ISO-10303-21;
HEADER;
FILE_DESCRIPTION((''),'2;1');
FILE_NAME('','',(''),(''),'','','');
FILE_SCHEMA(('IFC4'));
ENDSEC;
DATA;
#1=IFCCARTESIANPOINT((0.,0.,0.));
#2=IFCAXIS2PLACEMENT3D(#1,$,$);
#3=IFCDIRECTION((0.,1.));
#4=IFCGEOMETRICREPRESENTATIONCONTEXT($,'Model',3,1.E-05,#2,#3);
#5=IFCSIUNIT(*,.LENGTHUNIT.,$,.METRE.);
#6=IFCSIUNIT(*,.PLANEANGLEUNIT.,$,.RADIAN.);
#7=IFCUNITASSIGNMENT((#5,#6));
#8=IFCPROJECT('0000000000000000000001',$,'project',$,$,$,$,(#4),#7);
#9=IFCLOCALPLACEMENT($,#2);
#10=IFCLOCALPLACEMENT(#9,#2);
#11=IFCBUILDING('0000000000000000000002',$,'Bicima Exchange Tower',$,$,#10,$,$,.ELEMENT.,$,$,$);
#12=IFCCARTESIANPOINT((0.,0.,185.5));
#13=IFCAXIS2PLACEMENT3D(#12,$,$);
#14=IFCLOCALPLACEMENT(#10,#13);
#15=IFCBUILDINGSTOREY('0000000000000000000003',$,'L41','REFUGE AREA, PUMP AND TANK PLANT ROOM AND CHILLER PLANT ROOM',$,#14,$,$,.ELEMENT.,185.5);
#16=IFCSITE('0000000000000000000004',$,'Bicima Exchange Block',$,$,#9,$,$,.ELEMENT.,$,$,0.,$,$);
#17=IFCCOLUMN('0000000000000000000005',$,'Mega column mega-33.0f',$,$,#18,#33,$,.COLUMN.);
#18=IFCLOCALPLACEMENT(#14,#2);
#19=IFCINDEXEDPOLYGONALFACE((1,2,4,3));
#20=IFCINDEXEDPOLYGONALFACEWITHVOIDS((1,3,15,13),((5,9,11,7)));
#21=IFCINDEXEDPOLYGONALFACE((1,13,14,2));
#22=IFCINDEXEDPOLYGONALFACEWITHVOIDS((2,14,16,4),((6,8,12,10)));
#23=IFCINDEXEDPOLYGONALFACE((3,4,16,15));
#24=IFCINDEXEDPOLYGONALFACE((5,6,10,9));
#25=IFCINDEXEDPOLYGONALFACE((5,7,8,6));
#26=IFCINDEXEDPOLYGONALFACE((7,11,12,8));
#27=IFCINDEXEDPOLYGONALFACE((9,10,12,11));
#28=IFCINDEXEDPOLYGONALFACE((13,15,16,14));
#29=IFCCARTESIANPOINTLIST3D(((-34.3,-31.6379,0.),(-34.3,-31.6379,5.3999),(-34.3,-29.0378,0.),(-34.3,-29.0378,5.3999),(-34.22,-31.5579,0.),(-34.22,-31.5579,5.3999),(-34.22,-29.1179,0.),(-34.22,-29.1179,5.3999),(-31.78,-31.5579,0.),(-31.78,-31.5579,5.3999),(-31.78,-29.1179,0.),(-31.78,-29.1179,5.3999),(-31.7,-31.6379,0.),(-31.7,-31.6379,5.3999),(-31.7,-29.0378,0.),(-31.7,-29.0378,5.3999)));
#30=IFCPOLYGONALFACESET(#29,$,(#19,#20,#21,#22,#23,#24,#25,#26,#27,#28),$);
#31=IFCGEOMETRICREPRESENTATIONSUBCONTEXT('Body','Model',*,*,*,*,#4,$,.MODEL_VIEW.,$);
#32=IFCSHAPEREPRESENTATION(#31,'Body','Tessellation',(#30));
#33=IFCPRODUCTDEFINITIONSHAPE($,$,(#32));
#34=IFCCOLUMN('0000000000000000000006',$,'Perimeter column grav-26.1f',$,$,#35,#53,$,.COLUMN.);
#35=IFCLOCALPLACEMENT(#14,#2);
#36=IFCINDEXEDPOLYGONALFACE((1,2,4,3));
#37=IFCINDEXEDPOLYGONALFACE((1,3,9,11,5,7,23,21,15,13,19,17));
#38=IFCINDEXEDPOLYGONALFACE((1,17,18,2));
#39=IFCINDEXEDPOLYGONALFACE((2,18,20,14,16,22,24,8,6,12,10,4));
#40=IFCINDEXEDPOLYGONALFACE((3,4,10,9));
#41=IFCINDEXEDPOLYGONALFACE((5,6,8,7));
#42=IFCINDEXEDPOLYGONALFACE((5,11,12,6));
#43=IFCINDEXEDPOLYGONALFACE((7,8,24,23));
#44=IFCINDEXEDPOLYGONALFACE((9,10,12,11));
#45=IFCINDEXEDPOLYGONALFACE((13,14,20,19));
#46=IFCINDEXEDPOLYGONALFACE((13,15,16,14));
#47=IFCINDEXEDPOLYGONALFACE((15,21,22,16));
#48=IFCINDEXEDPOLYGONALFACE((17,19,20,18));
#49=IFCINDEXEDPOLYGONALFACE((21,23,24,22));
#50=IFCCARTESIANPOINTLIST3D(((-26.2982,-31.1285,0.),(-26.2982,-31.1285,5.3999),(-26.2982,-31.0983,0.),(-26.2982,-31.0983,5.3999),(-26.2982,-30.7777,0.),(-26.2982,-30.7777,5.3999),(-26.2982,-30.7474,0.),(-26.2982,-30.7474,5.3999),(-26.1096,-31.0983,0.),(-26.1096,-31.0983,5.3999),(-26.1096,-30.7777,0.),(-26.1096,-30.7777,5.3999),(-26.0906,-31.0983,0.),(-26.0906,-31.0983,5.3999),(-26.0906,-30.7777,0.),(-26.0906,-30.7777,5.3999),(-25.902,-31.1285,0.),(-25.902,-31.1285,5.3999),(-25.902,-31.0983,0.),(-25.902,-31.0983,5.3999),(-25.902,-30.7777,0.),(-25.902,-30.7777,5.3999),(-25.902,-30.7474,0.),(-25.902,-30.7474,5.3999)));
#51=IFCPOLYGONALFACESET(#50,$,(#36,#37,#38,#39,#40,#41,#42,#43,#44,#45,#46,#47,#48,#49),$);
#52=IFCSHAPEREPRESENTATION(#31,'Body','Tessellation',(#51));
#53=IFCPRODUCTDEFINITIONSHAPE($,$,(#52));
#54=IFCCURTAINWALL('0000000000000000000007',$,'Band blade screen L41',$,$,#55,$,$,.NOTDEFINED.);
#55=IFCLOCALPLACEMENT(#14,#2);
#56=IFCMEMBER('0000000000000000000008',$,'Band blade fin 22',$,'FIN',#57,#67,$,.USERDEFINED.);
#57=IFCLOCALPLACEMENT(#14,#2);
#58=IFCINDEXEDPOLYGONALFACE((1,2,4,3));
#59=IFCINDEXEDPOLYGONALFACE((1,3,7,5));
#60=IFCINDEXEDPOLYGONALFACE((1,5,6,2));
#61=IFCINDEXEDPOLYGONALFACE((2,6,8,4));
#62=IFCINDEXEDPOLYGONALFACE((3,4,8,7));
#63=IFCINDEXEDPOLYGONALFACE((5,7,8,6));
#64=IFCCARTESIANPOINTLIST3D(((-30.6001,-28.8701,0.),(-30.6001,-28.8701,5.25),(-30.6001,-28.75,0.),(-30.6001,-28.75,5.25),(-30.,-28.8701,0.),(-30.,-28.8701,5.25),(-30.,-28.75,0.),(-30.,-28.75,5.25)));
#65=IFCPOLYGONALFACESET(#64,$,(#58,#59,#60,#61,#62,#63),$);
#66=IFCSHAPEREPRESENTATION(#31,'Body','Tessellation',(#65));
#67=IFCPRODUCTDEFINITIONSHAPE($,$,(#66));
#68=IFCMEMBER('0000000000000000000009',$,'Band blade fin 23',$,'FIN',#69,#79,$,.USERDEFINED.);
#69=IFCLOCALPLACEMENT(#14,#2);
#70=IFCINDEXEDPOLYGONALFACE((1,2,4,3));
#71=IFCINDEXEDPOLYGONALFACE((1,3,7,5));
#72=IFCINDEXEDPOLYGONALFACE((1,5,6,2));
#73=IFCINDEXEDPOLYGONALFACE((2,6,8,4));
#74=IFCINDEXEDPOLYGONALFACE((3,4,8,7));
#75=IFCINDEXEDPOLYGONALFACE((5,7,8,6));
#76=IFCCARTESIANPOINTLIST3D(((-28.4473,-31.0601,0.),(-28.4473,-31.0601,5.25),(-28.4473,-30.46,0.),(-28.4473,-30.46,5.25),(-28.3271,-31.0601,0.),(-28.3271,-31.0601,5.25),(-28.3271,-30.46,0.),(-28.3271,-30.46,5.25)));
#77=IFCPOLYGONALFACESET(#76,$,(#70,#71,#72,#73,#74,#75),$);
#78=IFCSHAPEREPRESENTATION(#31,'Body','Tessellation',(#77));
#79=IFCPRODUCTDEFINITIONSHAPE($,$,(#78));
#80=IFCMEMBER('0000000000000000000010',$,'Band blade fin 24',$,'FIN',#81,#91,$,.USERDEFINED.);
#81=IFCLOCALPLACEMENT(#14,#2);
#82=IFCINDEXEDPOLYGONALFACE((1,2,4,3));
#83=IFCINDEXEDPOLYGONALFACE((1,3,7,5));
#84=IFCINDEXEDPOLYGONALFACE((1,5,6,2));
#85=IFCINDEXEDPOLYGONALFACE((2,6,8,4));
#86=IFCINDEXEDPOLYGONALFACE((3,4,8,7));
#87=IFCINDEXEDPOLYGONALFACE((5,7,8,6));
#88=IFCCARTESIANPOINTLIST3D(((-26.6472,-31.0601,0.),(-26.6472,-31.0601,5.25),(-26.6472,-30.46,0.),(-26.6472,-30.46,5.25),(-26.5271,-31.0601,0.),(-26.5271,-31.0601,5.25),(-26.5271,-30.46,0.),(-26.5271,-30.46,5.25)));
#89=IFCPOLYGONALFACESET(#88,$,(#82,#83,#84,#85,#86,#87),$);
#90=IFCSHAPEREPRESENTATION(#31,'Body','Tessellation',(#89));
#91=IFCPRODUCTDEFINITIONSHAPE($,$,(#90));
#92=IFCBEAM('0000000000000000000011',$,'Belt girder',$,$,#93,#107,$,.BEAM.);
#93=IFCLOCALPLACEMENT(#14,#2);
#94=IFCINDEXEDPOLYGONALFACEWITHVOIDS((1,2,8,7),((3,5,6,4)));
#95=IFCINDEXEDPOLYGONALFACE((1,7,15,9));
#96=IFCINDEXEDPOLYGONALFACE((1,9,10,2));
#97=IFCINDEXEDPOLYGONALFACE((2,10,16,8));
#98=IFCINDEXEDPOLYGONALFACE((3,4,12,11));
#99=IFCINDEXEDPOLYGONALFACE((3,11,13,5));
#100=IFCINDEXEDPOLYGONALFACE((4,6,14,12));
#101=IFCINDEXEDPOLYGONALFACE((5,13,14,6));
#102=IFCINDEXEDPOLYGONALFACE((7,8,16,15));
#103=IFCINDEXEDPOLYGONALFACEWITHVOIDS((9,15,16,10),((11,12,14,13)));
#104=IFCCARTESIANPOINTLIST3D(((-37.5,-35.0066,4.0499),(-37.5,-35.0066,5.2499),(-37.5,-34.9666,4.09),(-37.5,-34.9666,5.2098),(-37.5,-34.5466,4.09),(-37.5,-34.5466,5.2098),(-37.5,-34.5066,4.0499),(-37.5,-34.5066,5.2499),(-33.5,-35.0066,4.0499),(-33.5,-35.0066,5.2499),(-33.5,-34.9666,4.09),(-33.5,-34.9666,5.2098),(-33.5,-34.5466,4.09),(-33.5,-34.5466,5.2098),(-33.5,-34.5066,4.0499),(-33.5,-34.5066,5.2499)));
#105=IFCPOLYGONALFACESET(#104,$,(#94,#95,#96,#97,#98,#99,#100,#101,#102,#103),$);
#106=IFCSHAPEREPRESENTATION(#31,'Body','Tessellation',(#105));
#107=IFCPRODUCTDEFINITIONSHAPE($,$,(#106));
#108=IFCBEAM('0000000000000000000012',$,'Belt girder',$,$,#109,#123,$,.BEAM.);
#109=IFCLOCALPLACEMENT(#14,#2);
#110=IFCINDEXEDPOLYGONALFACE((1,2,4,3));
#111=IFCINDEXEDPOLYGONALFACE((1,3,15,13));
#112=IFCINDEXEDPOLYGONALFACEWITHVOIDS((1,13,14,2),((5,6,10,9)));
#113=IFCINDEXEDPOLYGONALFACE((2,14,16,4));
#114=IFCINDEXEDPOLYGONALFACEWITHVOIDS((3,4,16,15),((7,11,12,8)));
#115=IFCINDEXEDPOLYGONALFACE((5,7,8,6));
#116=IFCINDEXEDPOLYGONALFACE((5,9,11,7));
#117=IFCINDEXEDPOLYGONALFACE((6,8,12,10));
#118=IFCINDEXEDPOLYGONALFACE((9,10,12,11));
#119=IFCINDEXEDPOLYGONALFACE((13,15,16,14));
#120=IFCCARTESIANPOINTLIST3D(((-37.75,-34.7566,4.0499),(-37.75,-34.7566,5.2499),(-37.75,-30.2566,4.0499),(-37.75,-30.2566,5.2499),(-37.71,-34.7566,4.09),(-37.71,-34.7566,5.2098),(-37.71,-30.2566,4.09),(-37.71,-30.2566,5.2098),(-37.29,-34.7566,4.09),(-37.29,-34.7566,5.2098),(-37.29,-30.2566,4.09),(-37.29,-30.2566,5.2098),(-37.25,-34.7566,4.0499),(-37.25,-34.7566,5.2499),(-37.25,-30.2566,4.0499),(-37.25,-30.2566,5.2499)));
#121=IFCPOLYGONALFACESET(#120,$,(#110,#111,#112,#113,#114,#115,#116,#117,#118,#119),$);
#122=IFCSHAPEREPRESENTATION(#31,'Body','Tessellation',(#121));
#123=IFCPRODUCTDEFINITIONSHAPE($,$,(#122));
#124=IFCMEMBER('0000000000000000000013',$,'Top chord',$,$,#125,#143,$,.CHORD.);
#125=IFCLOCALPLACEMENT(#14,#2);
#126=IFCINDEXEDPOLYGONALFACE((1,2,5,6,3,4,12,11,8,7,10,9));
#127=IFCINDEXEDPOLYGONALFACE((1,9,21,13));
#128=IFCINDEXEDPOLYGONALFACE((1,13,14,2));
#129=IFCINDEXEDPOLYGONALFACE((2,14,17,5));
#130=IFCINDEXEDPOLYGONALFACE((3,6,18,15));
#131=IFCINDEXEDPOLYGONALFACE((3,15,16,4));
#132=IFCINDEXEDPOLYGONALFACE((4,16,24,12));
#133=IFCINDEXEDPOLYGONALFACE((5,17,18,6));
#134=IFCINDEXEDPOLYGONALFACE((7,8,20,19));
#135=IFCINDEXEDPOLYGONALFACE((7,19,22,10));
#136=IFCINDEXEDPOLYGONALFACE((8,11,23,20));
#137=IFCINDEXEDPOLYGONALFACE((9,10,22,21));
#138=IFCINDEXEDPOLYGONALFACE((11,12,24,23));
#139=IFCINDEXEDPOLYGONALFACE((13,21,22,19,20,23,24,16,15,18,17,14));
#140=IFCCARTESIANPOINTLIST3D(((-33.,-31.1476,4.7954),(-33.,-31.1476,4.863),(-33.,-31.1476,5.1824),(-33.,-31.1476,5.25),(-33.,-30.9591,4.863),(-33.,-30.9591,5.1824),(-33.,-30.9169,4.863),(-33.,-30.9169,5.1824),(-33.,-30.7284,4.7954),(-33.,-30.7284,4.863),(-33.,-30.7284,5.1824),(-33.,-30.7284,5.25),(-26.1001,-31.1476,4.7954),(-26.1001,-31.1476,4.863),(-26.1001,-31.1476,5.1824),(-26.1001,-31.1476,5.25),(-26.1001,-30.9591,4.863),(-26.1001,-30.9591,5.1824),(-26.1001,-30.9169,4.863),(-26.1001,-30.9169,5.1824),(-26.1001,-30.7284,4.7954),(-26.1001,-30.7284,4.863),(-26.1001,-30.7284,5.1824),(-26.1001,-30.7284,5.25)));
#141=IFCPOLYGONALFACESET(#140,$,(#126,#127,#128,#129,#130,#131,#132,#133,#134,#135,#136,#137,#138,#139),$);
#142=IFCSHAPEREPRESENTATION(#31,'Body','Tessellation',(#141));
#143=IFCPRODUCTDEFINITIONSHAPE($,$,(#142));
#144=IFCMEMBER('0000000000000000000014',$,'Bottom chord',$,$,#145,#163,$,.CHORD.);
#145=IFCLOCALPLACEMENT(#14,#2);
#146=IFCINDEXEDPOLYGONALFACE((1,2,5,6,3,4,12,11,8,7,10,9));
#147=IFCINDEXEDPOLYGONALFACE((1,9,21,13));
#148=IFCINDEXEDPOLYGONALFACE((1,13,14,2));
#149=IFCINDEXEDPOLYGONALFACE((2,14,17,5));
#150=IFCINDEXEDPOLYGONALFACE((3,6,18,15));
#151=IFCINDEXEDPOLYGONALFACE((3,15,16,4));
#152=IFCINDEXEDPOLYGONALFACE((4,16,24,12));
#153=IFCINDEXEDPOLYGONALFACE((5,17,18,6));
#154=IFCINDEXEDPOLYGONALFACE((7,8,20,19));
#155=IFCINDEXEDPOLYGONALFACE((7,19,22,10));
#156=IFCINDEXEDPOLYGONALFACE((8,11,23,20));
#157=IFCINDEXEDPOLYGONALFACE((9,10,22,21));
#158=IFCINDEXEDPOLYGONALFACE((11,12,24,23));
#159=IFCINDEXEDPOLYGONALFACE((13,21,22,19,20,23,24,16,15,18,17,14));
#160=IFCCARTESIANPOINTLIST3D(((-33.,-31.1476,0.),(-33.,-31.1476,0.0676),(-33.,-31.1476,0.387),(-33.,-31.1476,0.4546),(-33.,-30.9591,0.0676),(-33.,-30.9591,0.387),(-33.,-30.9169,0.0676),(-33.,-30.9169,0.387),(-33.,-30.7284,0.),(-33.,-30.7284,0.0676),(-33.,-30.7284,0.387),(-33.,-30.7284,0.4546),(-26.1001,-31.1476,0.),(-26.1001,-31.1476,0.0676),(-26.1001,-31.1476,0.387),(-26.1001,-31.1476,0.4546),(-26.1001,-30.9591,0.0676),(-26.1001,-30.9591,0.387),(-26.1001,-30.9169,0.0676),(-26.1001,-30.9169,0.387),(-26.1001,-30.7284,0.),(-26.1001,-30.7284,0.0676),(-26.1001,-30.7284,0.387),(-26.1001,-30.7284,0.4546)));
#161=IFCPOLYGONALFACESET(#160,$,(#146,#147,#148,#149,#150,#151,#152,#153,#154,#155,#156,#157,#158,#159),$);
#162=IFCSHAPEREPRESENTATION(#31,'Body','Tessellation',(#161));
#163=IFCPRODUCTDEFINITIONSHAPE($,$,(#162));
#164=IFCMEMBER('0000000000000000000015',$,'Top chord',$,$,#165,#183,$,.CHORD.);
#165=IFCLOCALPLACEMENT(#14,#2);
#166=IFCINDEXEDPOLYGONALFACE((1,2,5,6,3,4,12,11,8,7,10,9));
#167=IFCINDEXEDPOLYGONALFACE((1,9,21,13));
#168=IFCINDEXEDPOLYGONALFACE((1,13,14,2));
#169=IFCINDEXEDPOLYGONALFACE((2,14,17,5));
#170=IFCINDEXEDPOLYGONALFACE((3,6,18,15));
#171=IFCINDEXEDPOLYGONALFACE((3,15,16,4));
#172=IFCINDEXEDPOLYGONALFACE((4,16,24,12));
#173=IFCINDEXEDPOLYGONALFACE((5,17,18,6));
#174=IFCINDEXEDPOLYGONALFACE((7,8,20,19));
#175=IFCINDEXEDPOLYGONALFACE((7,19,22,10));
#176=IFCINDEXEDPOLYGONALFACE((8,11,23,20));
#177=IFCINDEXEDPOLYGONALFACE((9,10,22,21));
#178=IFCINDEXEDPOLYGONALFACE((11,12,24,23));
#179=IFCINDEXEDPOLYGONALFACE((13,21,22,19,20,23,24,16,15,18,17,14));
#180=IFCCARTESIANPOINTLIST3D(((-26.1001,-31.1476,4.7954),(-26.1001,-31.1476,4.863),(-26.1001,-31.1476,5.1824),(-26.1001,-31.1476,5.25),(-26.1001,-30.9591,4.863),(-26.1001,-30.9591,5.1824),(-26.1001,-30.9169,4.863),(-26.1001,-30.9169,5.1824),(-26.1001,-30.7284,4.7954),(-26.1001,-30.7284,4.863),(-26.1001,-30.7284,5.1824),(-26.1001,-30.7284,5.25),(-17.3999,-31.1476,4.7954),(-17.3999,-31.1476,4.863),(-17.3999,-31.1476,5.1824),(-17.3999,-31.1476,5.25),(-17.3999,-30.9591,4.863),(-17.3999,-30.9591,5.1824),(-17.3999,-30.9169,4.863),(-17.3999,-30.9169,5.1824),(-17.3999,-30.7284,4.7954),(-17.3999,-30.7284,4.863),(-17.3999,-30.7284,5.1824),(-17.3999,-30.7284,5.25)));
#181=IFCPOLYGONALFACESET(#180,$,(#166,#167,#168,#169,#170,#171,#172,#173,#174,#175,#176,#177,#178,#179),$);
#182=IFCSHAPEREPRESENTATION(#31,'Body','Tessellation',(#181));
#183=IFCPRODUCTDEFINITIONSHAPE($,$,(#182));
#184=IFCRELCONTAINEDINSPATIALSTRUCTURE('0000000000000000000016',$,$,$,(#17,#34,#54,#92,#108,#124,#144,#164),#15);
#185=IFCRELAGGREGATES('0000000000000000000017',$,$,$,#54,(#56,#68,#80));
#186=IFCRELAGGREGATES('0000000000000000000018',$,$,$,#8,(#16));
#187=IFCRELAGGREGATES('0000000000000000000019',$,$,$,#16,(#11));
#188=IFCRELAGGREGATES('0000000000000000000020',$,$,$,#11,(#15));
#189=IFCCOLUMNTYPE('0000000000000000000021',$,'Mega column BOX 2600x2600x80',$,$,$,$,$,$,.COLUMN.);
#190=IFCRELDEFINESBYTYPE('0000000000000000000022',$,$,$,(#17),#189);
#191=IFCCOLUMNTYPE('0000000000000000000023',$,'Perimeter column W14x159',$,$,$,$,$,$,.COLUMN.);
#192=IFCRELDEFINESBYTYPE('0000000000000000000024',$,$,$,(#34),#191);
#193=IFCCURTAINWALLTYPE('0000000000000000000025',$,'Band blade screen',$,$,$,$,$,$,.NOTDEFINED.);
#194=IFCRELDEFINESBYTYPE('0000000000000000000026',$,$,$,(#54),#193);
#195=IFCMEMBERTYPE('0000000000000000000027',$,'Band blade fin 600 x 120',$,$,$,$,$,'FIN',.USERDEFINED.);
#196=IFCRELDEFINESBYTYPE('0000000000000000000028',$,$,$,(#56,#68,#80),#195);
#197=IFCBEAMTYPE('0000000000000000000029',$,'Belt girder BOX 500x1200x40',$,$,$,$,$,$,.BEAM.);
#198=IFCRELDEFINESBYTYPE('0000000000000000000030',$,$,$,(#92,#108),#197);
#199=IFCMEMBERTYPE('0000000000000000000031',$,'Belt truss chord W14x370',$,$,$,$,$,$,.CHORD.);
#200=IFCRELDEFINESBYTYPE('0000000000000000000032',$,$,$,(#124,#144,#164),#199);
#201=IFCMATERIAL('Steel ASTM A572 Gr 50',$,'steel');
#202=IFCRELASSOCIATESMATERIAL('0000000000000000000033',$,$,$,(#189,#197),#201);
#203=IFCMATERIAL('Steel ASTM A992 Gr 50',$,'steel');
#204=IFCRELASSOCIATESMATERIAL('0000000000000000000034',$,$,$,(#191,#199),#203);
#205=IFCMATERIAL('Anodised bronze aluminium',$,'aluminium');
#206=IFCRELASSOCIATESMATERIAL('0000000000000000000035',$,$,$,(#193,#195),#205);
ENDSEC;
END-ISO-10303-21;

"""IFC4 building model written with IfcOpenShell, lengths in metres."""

from ifc_helpers import new_model, si_unit, direction, frame, origin, origin_2d, place, context, subcontext, project, spatial, rectangle, hollow_rectangle, i_section, extrude, material, material_profile, profile_set, type_object, element, aggregate, save


model = new_model("IFC4")

# Units and contexts
model_context = context("Model", 3, precision=1e-05, world=origin(), true_north=direction((0.0, 1.0)))
body_context = subcontext(model_context, "Body", "Model", "MODEL_VIEW")
ifc_project = project(units=[si_unit("LENGTHUNIT", "METRE"), si_unit("PLANEANGLEUNIT", "RADIAN")], contexts=[model_context])

# Site, building, storey
site_placement = place(None, origin())
site = spatial("IfcSite", under=ifc_project, at=site_placement, Name="Bicima Exchange Block", CompositionType="ELEMENT", RefElevation=0.0)
building_placement = place(site_placement, origin())
building = spatial("IfcBuilding", under=site, at=building_placement, Name="Bicima Exchange Tower", CompositionType="ELEMENT")
storey_placement = place(building_placement, frame((0.0, 0.0, 185.5)))
storey = spatial("IfcBuildingStorey", under=building, at=storey_placement, Name="L41", Description="REFUGE AREA, PUMP AND TANK PLANT ROOM AND CHILLER PLANT ROOM", CompositionType="ELEMENT", Elevation=185.5)

# Columns
ifc_material_1 = material(Name="Steel ASTM A572 Gr 50", Category="steel")
ifc_material_profile_1 = material_profile(ifc_material_1, hollow_rectangle(XDim=2.6001, YDim=2.6001, WallThickness=0.0801, at=origin_2d()))
ifc_profile_set_1 = profile_set([ifc_material_profile_1], Name="Steel ASTM A572 Gr 50")
column_type_1 = type_object("IfcColumnType", Name="Mega column BOX 2600x2600x80", PredefinedType="COLUMN", material=ifc_profile_set_1)
column_1_placement = place(storey_placement, frame((-33.0, -30.3379, 0.0), z_axis=(0.0, 0.0, 1.0), x_axis=(1.0, 0.0, 0.0)))
element("IfcColumn", 1, at=column_1_placement, inside=storey, type_object=column_type_1, Name="Mega column mega-33.0f", PredefinedType="COLUMN", context=body_context, shape_type="SweptSolid", body=[
    extrude(hollow_rectangle(XDim=2.6001, YDim=2.6001, WallThickness=0.0801, at=origin_2d()), origin(), (0.0, 0.0, 1.0), 5.3999),
])
ifc_material_2 = material(Name="Steel ASTM A992 Gr 50", Category="steel")
ifc_material_profile_2 = material_profile(ifc_material_2, i_section(OverallWidth=0.3962, OverallDepth=0.3811, WebThickness=0.019, FlangeThickness=0.0303, at=origin_2d()))
ifc_profile_set_2 = profile_set([ifc_material_profile_2], Name="Steel ASTM A992 Gr 50")
column_type_2 = type_object("IfcColumnType", Name="Perimeter column W14x159", PredefinedType="COLUMN", material=ifc_profile_set_2)
column_2_placement = place(storey_placement, frame((-26.1001, -30.938, 0.0), z_axis=(0.0, 0.0, 1.0), x_axis=(1.0, 0.0, 0.0)))
element("IfcColumn", 2, at=column_2_placement, inside=storey, type_object=column_type_2, Name="Perimeter column grav-26.1f", PredefinedType="COLUMN", context=body_context, shape_type="SweptSolid", body=[
    extrude(i_section(OverallWidth=0.3962, OverallDepth=0.3811, WebThickness=0.019, FlangeThickness=0.0303, at=origin_2d()), origin(), (0.0, 0.0, 1.0), 5.3999),
])

# Curtain wall, members
ifc_material_3 = material(Name="Anodised bronze aluminium", Category="aluminium")
curtain_wall_type = type_object("IfcCurtainWallType", Name="Band blade screen", PredefinedType="NOTDEFINED", material=ifc_material_3)
curtain_wall_placement = place(storey_placement, origin())
curtain_wall = element("IfcCurtainWall", 3, at=curtain_wall_placement, inside=storey, type_object=curtain_wall_type, Name="Band blade screen L41", PredefinedType="NOTDEFINED")
ifc_material_profile_3 = material_profile(ifc_material_3, rectangle(XDim=0.6001, YDim=0.1201, at=origin_2d()))
ifc_profile_set_3 = profile_set([ifc_material_profile_3], Name="Anodised bronze aluminium")
member_type_1 = type_object("IfcMemberType", Name="Band blade fin 600 x 120", ElementType="FIN", PredefinedType="USERDEFINED", material=ifc_profile_set_3)
member_1_placement = place(storey_placement, frame((-30.3, -28.8101, 0.0), z_axis=(0.0, 0.0, 1.0), x_axis=(1.0, 0.0, 0.0)))
member_1 = element("IfcMember", 4, at=member_1_placement, type_object=member_type_1, Name="Band blade fin 22", ObjectType="FIN", PredefinedType="USERDEFINED", context=body_context, shape_type="SweptSolid", body=[
    extrude(rectangle(XDim=0.6001, YDim=0.1201, at=origin_2d()), origin(), (0.0, 0.0, 1.0), 5.25),
])
member_2_placement = place(storey_placement, frame((-28.3872, -30.76, 0.0), z_axis=(0.0, 0.0, 1.0), x_axis=(0.0, 1.0, 0.0)))
member_2 = element("IfcMember", 5, at=member_2_placement, type_object=member_type_1, Name="Band blade fin 23", ObjectType="FIN", PredefinedType="USERDEFINED", context=body_context, shape_type="SweptSolid", body=[
    extrude(rectangle(XDim=0.6001, YDim=0.1201, at=origin_2d()), origin(), (0.0, 0.0, 1.0), 5.25),
])
member_3_placement = place(storey_placement, frame((-26.5872, -30.76, 0.0), z_axis=(0.0, 0.0, 1.0), x_axis=(0.0, 1.0, 0.0)))
member_3 = element("IfcMember", 6, at=member_3_placement, type_object=member_type_1, Name="Band blade fin 24", ObjectType="FIN", PredefinedType="USERDEFINED", context=body_context, shape_type="SweptSolid", body=[
    extrude(rectangle(XDim=0.6001, YDim=0.1201, at=origin_2d()), origin(), (0.0, 0.0, 1.0), 5.25),
])
aggregate(curtain_wall, [member_1, member_2, member_3])

# Beams
ifc_material_profile_4 = material_profile(ifc_material_1, hollow_rectangle(XDim=0.5, YDim=1.2, WallThickness=0.04, at=origin_2d()))
ifc_profile_set_4 = profile_set([ifc_material_profile_4], Name="Steel ASTM A572 Gr 50")
beam_type_1 = type_object("IfcBeamType", Name="Belt girder BOX 500x1200x40", PredefinedType="BEAM", material=ifc_profile_set_4)
beam_1_placement = place(storey_placement, frame((-37.5, -34.7566, 4.6499), z_axis=(1.0, 0.0, 0.0), x_axis=(0.0, 1.0, 0.0)))
element("IfcBeam", 7, at=beam_1_placement, inside=storey, type_object=beam_type_1, Name="Belt girder", PredefinedType="BEAM", context=body_context, shape_type="SweptSolid", body=[
    extrude(hollow_rectangle(XDim=0.5, YDim=1.2, WallThickness=0.04, at=origin_2d()), origin(), (0.0, 0.0, 1.0), 4.0),
])
beam_2_placement = place(storey_placement, frame((-37.5, -30.2566, 4.6499), z_axis=(0.0, -1.0, 0.0), x_axis=(1.0, 0.0, 0.0)))
element("IfcBeam", 8, at=beam_2_placement, inside=storey, type_object=beam_type_1, Name="Belt girder", PredefinedType="BEAM", context=body_context, shape_type="SweptSolid", body=[
    extrude(hollow_rectangle(XDim=0.5, YDim=1.2, WallThickness=0.04, at=origin_2d()), origin(), (0.0, 0.0, 1.0), 4.5),
])

# Members
ifc_material_profile_5 = material_profile(ifc_material_2, i_section(OverallWidth=0.4192, OverallDepth=0.4546, WebThickness=0.0422, FlangeThickness=0.0676, at=origin_2d()))
ifc_profile_set_5 = profile_set([ifc_material_profile_5], Name="Steel ASTM A992 Gr 50")
member_type_2 = type_object("IfcMemberType", Name="Belt truss chord W14x370", PredefinedType="CHORD", material=ifc_profile_set_5)
for number, where, z_axis, x_axis, name in (
    (9, (-33.0, -30.938, 5.0227), (1.0, 0.0, 0.0), (0.0, 1.0, 0.0), "Top chord"),
    (10, (-33.0, -30.938, 0.2273), (1.0, 0.0, 0.0), (0.0, 1.0, 0.0), "Bottom chord"),
):
    element("IfcMember", number, at=place(storey_placement, frame(where, z_axis=z_axis, x_axis=x_axis)), inside=storey, type_object=member_type_2, Name=name, PredefinedType="CHORD", context=body_context, shape_type="SweptSolid", body=[
        extrude(i_section(OverallWidth=0.4192, OverallDepth=0.4546, WebThickness=0.0422, FlangeThickness=0.0676, at=origin_2d()), origin(), (0.0, 0.0, 1.0), 6.8999),
    ])
for number, where, z_axis, x_axis, name in (
    (11, (-26.1001, -30.938, 5.0227), (1.0, 0.0, 0.0), (0.0, 1.0, 0.0), "Top chord"),
):
    element("IfcMember", number, at=place(storey_placement, frame(where, z_axis=z_axis, x_axis=x_axis)), inside=storey, type_object=member_type_2, Name=name, PredefinedType="CHORD", context=body_context, shape_type="SweptSolid", body=[
        extrude(i_section(OverallWidth=0.4192, OverallDepth=0.4546, WebThickness=0.0422, FlangeThickness=0.0676, at=origin_2d()), origin(), (0.0, 0.0, 1.0), 8.7002),
    ])

save(model, "model.ifc")
